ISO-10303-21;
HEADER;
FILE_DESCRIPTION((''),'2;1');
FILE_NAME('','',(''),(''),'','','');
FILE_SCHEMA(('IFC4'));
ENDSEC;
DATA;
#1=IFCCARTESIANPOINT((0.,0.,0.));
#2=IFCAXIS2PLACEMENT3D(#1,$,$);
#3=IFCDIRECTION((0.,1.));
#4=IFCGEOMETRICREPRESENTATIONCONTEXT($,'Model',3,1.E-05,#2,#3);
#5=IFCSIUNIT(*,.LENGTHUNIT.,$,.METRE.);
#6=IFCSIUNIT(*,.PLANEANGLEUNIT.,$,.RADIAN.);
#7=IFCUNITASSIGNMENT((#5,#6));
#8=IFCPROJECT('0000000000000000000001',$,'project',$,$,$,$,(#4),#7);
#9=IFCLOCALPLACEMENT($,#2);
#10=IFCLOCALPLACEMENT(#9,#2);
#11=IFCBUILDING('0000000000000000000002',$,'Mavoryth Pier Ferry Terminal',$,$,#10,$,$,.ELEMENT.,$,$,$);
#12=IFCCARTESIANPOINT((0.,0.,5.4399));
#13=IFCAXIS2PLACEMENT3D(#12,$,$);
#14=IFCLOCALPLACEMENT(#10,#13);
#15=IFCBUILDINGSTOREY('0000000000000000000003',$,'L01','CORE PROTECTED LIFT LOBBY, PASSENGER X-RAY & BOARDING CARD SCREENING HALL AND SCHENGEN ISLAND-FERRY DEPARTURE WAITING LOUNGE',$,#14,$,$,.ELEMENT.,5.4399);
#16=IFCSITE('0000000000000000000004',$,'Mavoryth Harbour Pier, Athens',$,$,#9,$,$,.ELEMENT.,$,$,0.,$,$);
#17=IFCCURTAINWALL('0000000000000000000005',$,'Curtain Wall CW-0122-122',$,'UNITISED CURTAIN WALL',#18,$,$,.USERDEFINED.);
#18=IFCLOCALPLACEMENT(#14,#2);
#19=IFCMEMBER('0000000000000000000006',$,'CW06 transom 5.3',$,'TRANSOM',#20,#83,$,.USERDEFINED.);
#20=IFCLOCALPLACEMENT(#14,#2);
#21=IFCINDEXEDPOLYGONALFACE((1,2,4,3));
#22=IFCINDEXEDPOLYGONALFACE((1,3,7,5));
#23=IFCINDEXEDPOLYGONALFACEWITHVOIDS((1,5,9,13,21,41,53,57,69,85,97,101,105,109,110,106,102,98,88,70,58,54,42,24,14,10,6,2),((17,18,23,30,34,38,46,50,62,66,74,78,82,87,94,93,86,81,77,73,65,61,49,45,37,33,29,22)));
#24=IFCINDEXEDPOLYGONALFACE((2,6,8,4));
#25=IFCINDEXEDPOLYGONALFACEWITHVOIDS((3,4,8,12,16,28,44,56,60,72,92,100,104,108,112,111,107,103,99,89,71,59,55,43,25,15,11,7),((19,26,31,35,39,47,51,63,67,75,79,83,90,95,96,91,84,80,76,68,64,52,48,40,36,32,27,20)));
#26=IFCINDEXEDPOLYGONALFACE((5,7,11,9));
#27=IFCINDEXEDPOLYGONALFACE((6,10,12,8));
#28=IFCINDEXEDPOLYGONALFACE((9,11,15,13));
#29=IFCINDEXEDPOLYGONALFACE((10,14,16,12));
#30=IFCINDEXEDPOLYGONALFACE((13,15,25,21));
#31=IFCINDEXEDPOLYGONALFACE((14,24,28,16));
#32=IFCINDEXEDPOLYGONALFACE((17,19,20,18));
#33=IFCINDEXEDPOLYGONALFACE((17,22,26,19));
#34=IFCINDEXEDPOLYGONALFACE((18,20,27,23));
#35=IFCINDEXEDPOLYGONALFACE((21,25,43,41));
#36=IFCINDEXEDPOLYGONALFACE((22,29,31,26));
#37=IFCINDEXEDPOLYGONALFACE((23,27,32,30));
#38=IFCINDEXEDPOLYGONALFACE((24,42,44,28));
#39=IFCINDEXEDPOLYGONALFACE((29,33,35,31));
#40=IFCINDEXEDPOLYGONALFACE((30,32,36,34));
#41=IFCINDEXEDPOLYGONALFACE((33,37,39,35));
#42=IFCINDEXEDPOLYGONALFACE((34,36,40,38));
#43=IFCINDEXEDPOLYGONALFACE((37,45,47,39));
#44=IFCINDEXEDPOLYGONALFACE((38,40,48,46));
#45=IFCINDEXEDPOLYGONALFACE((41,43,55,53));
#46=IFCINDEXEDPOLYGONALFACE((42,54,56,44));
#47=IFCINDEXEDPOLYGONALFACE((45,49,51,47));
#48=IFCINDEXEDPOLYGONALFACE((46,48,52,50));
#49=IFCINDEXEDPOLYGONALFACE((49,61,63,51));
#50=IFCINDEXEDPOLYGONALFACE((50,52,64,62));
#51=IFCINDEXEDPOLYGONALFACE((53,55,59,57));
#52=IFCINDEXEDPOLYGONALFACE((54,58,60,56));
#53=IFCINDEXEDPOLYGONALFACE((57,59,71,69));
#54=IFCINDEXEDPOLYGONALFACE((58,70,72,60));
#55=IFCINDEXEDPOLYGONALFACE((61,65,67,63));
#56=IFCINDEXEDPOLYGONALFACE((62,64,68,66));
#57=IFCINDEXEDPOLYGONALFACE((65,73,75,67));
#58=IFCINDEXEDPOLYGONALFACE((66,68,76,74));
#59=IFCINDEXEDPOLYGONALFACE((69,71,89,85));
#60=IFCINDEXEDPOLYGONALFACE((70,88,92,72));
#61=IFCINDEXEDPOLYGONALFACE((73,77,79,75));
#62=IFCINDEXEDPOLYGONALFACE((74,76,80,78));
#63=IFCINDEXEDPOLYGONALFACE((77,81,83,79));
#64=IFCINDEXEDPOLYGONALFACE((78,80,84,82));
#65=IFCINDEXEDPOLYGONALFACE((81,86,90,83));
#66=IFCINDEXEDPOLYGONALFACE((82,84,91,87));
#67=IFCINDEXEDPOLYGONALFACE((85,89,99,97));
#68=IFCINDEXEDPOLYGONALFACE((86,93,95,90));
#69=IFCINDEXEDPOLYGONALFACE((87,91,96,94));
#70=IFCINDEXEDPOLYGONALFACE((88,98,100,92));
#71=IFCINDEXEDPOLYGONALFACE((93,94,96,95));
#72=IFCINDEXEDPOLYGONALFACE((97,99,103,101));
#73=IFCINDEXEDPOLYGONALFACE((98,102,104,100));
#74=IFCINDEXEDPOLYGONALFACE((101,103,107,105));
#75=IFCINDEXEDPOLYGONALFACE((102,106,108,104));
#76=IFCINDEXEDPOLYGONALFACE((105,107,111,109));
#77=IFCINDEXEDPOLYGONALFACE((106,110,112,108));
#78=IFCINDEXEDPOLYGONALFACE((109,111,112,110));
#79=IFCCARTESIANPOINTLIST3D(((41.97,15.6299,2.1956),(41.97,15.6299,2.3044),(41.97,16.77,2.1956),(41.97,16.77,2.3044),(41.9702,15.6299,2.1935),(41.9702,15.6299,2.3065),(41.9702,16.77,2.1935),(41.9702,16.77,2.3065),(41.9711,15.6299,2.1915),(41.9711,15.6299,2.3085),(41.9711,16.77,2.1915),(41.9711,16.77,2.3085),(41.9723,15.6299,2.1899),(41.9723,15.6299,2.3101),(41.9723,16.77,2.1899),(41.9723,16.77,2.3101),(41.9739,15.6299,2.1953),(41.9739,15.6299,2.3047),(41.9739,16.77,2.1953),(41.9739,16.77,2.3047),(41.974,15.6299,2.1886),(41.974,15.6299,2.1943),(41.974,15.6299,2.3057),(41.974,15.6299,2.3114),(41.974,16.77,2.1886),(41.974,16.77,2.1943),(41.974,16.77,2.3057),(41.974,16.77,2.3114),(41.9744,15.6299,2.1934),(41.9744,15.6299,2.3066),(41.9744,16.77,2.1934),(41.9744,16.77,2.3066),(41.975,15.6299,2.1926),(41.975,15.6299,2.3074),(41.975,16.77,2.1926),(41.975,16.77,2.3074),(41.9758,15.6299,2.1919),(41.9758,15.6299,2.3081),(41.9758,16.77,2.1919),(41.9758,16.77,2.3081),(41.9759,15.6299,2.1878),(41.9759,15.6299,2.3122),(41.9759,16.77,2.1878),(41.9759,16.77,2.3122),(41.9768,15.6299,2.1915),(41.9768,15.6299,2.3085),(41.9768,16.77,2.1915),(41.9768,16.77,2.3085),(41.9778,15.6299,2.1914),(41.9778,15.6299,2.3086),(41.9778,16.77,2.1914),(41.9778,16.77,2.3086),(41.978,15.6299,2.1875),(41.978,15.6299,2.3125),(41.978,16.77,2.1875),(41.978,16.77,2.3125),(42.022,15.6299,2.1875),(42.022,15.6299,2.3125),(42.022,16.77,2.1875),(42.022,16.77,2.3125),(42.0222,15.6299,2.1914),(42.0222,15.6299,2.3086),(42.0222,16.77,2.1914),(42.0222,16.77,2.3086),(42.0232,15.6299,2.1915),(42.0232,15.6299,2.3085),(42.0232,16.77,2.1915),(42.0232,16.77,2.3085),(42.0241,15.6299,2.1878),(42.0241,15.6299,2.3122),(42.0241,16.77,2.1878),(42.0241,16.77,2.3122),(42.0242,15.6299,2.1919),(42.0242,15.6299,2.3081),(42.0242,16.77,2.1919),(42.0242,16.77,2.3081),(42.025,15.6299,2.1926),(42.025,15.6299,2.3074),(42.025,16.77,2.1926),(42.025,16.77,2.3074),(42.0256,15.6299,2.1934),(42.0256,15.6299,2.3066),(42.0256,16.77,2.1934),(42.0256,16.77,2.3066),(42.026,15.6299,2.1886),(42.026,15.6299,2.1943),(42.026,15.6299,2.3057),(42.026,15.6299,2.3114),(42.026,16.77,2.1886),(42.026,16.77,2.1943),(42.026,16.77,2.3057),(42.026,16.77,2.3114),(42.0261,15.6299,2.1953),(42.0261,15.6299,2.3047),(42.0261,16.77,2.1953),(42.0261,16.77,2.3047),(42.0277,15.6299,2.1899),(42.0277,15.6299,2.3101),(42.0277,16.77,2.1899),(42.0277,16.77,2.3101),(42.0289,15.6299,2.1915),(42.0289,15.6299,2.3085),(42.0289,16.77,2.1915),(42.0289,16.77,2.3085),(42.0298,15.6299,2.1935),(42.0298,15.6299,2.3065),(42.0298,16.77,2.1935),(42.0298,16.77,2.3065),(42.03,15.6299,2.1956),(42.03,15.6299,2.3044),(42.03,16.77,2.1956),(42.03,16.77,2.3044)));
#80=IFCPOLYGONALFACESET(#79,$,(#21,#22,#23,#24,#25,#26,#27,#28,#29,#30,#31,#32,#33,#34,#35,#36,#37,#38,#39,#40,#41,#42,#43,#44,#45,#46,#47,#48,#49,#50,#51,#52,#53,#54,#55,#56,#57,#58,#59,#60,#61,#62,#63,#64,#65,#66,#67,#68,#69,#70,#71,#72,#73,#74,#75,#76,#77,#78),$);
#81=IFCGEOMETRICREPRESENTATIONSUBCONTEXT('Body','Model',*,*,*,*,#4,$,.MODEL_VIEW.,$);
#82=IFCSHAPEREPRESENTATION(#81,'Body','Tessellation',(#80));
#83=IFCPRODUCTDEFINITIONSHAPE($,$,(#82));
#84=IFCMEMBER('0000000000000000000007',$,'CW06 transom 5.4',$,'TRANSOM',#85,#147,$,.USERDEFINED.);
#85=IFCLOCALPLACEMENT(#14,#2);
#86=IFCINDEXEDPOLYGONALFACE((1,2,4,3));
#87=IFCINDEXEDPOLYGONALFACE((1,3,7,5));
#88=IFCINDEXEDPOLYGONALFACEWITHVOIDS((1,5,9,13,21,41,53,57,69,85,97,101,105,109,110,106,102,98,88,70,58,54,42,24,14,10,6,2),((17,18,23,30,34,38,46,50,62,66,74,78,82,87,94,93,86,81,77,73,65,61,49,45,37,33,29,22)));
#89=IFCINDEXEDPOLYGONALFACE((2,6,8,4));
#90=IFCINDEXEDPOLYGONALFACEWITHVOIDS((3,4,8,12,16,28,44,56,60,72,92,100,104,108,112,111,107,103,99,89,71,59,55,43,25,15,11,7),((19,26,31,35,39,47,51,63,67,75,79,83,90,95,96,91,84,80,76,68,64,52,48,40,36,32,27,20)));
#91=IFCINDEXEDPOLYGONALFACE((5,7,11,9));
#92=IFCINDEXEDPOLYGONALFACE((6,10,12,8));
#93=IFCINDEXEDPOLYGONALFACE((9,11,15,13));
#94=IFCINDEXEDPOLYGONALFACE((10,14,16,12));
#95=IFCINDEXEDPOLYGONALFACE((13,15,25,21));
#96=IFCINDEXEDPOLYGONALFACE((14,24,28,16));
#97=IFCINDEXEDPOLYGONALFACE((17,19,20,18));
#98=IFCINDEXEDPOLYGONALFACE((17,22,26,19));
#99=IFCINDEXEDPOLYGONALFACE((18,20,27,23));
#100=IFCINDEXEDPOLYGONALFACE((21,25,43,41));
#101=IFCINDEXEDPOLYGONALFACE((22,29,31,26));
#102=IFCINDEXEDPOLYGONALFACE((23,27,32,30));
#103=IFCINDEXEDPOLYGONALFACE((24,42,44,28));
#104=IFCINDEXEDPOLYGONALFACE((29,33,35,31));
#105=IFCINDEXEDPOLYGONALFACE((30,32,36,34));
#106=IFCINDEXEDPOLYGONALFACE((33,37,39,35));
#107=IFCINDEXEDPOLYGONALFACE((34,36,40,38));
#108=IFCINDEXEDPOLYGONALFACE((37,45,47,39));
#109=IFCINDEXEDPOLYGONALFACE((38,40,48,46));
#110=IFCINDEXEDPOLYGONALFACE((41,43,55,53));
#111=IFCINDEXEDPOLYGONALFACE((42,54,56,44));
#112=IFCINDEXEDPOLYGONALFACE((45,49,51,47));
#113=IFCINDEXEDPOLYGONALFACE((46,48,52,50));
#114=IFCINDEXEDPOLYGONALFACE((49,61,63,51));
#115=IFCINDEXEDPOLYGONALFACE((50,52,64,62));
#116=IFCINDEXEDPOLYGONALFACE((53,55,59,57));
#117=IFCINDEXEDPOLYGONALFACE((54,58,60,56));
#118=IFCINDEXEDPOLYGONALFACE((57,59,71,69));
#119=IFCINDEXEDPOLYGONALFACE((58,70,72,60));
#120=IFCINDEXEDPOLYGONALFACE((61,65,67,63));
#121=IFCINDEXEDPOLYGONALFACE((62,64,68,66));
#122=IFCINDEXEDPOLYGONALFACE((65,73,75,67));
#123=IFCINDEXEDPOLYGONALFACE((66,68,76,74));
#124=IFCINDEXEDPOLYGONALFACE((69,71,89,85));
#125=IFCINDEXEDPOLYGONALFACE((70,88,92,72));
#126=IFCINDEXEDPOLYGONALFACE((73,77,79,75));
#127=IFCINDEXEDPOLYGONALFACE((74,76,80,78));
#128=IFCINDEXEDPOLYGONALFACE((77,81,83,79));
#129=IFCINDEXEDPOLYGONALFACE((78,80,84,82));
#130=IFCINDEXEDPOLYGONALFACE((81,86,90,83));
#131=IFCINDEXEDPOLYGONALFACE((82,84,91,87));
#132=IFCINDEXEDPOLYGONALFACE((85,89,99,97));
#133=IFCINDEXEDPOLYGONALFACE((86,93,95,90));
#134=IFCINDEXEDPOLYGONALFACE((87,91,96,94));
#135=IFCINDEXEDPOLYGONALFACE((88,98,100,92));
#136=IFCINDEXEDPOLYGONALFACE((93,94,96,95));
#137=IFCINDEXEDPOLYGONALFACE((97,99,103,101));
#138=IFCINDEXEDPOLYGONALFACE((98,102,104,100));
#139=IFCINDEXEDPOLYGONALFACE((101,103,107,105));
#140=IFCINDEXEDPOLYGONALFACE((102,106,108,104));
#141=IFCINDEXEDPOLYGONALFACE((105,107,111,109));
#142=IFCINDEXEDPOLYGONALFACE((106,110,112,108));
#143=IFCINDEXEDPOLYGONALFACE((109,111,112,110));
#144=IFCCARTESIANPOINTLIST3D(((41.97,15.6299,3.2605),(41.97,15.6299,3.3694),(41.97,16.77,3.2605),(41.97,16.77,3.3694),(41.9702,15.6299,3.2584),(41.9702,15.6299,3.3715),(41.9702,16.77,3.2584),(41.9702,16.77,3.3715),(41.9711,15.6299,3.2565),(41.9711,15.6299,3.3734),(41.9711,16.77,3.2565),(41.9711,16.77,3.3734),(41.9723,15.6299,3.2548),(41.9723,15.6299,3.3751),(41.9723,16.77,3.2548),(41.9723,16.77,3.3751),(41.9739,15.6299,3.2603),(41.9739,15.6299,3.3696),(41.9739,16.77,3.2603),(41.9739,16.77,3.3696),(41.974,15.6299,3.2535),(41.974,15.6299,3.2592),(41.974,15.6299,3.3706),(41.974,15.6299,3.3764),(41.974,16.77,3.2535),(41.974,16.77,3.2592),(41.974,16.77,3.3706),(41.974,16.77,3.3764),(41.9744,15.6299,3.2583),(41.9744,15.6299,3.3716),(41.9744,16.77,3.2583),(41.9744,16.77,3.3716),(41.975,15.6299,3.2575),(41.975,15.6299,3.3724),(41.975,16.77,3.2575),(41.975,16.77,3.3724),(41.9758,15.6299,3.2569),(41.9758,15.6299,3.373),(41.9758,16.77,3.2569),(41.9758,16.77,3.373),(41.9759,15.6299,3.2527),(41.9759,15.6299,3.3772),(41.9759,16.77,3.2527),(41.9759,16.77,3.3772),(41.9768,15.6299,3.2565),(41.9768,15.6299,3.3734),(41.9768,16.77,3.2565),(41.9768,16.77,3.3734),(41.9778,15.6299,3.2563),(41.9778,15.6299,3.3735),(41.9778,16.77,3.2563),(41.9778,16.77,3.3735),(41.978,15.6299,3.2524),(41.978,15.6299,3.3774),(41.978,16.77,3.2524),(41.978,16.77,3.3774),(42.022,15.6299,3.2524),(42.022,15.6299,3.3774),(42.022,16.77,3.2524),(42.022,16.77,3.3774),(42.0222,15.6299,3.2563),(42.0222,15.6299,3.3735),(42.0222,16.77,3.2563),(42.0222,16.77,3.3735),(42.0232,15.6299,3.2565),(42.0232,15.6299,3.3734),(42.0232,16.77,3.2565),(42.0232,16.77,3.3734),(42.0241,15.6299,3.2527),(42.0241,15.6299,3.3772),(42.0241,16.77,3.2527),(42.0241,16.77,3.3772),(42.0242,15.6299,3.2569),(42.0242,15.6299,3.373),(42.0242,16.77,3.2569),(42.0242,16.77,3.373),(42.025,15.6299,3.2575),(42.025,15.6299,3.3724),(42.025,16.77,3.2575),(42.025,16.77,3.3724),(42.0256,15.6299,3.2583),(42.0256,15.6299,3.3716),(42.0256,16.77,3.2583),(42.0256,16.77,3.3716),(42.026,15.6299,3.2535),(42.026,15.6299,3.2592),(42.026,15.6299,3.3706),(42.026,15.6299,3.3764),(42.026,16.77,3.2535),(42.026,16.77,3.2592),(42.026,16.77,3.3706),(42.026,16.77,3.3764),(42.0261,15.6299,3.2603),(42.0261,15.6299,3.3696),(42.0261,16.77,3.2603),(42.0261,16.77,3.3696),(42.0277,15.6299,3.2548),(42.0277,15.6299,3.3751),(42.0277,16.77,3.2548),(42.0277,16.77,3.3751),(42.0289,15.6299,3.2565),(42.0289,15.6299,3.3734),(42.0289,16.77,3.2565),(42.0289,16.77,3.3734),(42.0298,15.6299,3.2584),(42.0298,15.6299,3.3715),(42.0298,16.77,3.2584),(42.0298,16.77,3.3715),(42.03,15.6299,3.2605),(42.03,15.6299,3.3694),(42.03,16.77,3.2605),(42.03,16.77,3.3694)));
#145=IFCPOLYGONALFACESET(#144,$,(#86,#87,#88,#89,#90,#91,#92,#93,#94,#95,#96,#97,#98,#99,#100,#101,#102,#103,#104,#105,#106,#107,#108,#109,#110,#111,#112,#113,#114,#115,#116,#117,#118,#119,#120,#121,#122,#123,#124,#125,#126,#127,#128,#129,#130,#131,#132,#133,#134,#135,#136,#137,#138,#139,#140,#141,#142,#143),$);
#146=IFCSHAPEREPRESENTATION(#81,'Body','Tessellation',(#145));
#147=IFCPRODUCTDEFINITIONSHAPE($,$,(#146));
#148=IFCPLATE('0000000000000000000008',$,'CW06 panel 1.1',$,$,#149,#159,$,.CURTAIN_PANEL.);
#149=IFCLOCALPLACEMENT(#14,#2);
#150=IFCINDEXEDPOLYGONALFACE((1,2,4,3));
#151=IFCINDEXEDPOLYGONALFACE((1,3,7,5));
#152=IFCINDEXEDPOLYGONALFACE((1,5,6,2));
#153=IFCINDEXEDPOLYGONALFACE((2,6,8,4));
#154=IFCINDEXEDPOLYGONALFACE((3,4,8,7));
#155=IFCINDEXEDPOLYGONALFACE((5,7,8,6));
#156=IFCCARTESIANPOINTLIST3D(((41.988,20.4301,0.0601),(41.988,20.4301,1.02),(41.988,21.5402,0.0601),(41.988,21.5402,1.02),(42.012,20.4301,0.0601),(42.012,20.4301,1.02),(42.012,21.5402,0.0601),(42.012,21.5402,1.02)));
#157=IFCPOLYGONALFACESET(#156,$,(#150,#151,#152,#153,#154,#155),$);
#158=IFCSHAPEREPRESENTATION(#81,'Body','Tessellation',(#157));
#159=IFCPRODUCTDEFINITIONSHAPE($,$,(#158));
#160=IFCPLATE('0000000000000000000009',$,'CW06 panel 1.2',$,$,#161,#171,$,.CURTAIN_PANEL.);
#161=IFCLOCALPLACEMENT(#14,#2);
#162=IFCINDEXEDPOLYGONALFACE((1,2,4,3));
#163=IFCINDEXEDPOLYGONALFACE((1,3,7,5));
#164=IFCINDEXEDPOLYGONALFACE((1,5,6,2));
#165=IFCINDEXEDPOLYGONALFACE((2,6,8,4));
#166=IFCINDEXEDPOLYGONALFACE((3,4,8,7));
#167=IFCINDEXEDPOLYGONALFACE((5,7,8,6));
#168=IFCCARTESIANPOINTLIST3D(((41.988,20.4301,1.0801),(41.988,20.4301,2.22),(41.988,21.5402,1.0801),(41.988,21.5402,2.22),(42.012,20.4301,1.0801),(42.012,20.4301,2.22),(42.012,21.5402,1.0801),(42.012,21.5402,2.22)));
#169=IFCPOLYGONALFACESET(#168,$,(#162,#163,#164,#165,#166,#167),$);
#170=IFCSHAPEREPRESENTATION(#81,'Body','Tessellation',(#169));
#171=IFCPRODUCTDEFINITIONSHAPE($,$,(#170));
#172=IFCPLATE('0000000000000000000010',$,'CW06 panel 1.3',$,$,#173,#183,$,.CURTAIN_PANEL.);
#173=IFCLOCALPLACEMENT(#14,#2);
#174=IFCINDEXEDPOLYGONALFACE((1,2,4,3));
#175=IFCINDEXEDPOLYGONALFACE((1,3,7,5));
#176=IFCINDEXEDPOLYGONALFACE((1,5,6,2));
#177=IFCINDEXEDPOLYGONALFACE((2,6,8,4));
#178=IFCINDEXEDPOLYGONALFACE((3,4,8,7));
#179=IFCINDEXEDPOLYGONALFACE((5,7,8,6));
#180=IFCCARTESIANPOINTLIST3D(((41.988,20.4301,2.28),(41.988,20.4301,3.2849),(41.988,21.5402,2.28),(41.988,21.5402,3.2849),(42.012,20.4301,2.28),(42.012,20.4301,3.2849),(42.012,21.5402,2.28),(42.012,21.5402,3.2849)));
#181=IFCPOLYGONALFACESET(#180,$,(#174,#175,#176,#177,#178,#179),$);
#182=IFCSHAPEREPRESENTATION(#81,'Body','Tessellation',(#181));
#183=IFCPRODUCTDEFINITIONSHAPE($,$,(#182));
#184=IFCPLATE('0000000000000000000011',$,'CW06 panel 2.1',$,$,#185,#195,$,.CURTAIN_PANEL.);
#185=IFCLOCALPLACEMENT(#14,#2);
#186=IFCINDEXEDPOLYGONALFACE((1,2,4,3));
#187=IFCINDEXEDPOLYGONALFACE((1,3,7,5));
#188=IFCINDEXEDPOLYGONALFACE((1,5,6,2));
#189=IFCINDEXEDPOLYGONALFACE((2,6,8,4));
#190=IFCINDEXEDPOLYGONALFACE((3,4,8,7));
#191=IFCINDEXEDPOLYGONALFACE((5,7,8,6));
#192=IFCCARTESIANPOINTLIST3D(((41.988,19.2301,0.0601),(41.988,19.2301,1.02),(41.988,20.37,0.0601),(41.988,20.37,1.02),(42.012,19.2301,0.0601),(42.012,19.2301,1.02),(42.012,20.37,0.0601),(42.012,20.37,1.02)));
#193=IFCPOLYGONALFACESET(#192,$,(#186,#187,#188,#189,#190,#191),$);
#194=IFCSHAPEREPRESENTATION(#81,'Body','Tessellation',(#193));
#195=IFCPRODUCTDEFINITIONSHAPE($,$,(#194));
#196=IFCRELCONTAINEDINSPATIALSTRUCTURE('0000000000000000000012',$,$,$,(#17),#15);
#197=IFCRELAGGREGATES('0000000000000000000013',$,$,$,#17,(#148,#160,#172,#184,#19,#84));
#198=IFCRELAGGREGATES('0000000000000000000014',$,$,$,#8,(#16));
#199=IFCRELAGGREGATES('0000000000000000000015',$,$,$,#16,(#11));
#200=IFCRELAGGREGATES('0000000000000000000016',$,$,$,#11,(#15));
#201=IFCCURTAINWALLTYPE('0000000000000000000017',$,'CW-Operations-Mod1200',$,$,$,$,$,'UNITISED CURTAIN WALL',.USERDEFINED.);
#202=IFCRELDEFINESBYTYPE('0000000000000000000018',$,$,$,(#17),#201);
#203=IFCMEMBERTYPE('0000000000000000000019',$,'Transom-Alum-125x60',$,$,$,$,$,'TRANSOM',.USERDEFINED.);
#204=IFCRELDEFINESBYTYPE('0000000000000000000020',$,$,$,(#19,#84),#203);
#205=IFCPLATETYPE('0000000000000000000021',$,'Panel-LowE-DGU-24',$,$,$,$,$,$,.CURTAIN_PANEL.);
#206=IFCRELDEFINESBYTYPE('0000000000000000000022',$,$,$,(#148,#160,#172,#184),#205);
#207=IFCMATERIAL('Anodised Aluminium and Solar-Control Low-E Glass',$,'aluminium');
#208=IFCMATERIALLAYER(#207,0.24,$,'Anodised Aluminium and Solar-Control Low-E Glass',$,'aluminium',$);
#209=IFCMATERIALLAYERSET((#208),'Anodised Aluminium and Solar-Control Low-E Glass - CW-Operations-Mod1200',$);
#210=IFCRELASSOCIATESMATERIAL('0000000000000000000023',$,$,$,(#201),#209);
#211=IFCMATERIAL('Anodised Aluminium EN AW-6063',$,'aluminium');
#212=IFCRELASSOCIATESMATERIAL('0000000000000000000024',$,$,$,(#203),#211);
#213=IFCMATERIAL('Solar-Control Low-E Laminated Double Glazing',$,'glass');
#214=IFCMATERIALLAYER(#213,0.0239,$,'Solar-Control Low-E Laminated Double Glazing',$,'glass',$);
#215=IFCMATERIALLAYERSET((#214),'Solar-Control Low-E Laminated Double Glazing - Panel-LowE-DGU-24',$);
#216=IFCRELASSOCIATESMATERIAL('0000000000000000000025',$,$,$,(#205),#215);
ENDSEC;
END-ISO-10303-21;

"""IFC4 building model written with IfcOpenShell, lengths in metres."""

from ifc_helpers import new_model, si_unit, direction, frame, origin, origin_2d, place, context, subcontext, project, spatial, rectangle, hollow_rectangle, extrude, material, layer, layer_set, material_profile, profile_set, type_object, element, aggregate, save


model = new_model("IFC4")

# Units and contexts
model_context = context("Model", 3, precision=1e-05, world=origin(), true_north=direction((0.0, 1.0)))
body_context = subcontext(model_context, "Body", "Model", "MODEL_VIEW")
ifc_project = project(units=[si_unit("LENGTHUNIT", "METRE"), si_unit("PLANEANGLEUNIT", "RADIAN")], contexts=[model_context])

# Site, building, storey
site_placement = place(None, origin())
site = spatial("IfcSite", under=ifc_project, at=site_placement, Name="Mavoryth Harbour Pier, Athens", CompositionType="ELEMENT", RefElevation=0.0)
building_placement = place(site_placement, origin())
building = spatial("IfcBuilding", under=site, at=building_placement, Name="Mavoryth Pier Ferry Terminal", CompositionType="ELEMENT")
storey_placement = place(building_placement, frame((0.0, 0.0, 5.4399)))
storey = spatial("IfcBuildingStorey", under=building, at=storey_placement, Name="L01", Description="CORE PROTECTED LIFT LOBBY, PASSENGER X-RAY & BOARDING CARD SCREENING HALL AND SCHENGEN ISLAND-FERRY DEPARTURE WAITING LOUNGE", CompositionType="ELEMENT", Elevation=5.4399)

# Curtain wall, members, plates
ifc_material_1 = material(Name="Anodised Aluminium and Solar-Control Low-E Glass", Category="aluminium")
ifc_layer_1 = layer(ifc_material_1, 0.24, Name="Anodised Aluminium and Solar-Control Low-E Glass", Category="aluminium")
ifc_layer_set_1 = layer_set([ifc_layer_1], Name="Anodised Aluminium and Solar-Control Low-E Glass - CW-Operations-Mod1200")
curtain_wall_type = type_object("IfcCurtainWallType", Name="CW-Operations-Mod1200", ElementType="UNITISED CURTAIN WALL", PredefinedType="USERDEFINED", material=ifc_layer_set_1)
curtain_wall_placement = place(storey_placement, origin())
curtain_wall = element("IfcCurtainWall", 1, at=curtain_wall_placement, inside=storey, type_object=curtain_wall_type, Name="Curtain Wall CW-0122-122", ObjectType="UNITISED CURTAIN WALL", PredefinedType="USERDEFINED")
ifc_material_2 = material(Name="Anodised Aluminium EN AW-6063", Category="aluminium")
ifc_material_profile_1 = material_profile(ifc_material_2, hollow_rectangle(XDim=0.0601, YDim=0.125, WallThickness=0.0039, InnerFilletRadius=0.0039, OuterFilletRadius=0.0081, at=origin_2d()), Name="AL-TRAN 125x60x4", Category="aluminium")
ifc_profile_set_1 = profile_set([ifc_material_profile_1], Name="Anodised Aluminium EN AW-6063 - AL-TRAN 125x60x4")
member_type_1 = type_object("IfcMemberType", Name="Transom-Alum-125x60", ElementType="TRANSOM", PredefinedType="USERDEFINED", material=ifc_profile_set_1)
member_1_placement = place(storey_placement, frame((42.0, 16.77, 2.25), z_axis=(0.0, -1.0, 0.0), x_axis=(1.0, 0.0, 0.0)))
member_1 = element("IfcMember", 2, at=member_1_placement, type_object=member_type_1, Name="CW06 transom 5.3", ObjectType="TRANSOM", PredefinedType="USERDEFINED", context=body_context, shape_type="SweptSolid", body=[
    extrude(hollow_rectangle(XDim=0.0601, YDim=0.125, WallThickness=0.0039, InnerFilletRadius=0.0039, OuterFilletRadius=0.0081, at=origin_2d()), origin(), (0.0, 0.0, 1.0), 1.1401),
])
member_2_placement = place(storey_placement, frame((42.0, 16.77, 3.3149), z_axis=(0.0, -1.0, 0.0), x_axis=(1.0, 0.0, 0.0)))
member_2 = element("IfcMember", 3, at=member_2_placement, type_object=member_type_1, Name="CW06 transom 5.4", ObjectType="TRANSOM", PredefinedType="USERDEFINED", context=body_context, shape_type="SweptSolid", body=[
    extrude(hollow_rectangle(XDim=0.0601, YDim=0.125, WallThickness=0.0039, InnerFilletRadius=0.0039, OuterFilletRadius=0.0081, at=origin_2d()), origin(), (0.0, 0.0, 1.0), 1.1401),
])
ifc_material_3 = material(Name="Solar-Control Low-E Laminated Double Glazing", Category="glass")
ifc_layer_2 = layer(ifc_material_3, 0.0239, Name="Solar-Control Low-E Laminated Double Glazing", Category="glass")
ifc_layer_set_2 = layer_set([ifc_layer_2], Name="Solar-Control Low-E Laminated Double Glazing - Panel-LowE-DGU-24")
plate_type = type_object("IfcPlateType", Name="Panel-LowE-DGU-24", PredefinedType="CURTAIN_PANEL", material=ifc_layer_set_2)
plate_1_placement = place(storey_placement, frame((42.0, 20.9851, 0.0601), z_axis=(0.0, 0.0, 1.0), x_axis=(0.0, -1.0, 0.0)))
plate_1 = element("IfcPlate", 4, at=plate_1_placement, type_object=plate_type, Name="CW06 panel 1.1", PredefinedType="CURTAIN_PANEL", context=body_context, shape_type="SweptSolid", body=[
    extrude(rectangle(XDim=1.1101, YDim=0.0239, at=origin_2d()), origin(), (0.0, 0.0, 1.0), 0.96),
])
plate_2_placement = place(storey_placement, frame((42.0, 20.9851, 1.0801), z_axis=(0.0, 0.0, 1.0), x_axis=(0.0, -1.0, 0.0)))
plate_2 = element("IfcPlate", 5, at=plate_2_placement, type_object=plate_type, Name="CW06 panel 1.2", PredefinedType="CURTAIN_PANEL", context=body_context, shape_type="SweptSolid", body=[
    extrude(rectangle(XDim=1.1101, YDim=0.0239, at=origin_2d()), origin(), (0.0, 0.0, 1.0), 1.1399),
])
plate_3_placement = place(storey_placement, frame((42.0, 20.9851, 2.28), z_axis=(0.0, 0.0, 1.0), x_axis=(0.0, -1.0, 0.0)))
plate_3 = element("IfcPlate", 6, at=plate_3_placement, type_object=plate_type, Name="CW06 panel 1.3", PredefinedType="CURTAIN_PANEL", context=body_context, shape_type="SweptSolid", body=[
    extrude(rectangle(XDim=1.1101, YDim=0.0239, at=origin_2d()), origin(), (0.0, 0.0, 1.0), 1.0049),
])
plate_4_placement = place(storey_placement, frame((42.0, 19.8, 0.0601), z_axis=(0.0, 0.0, 1.0), x_axis=(0.0, -1.0, 0.0)))
plate_4 = element("IfcPlate", 7, at=plate_4_placement, type_object=plate_type, Name="CW06 panel 2.1", PredefinedType="CURTAIN_PANEL", context=body_context, shape_type="SweptSolid", body=[
    extrude(rectangle(XDim=1.1399, YDim=0.0239, at=origin_2d()), origin(), (0.0, 0.0, 1.0), 0.96),
])
aggregate(curtain_wall, [plate_1, plate_2, plate_3, plate_4, member_1, member_2])

save(model, "model.ifc")
